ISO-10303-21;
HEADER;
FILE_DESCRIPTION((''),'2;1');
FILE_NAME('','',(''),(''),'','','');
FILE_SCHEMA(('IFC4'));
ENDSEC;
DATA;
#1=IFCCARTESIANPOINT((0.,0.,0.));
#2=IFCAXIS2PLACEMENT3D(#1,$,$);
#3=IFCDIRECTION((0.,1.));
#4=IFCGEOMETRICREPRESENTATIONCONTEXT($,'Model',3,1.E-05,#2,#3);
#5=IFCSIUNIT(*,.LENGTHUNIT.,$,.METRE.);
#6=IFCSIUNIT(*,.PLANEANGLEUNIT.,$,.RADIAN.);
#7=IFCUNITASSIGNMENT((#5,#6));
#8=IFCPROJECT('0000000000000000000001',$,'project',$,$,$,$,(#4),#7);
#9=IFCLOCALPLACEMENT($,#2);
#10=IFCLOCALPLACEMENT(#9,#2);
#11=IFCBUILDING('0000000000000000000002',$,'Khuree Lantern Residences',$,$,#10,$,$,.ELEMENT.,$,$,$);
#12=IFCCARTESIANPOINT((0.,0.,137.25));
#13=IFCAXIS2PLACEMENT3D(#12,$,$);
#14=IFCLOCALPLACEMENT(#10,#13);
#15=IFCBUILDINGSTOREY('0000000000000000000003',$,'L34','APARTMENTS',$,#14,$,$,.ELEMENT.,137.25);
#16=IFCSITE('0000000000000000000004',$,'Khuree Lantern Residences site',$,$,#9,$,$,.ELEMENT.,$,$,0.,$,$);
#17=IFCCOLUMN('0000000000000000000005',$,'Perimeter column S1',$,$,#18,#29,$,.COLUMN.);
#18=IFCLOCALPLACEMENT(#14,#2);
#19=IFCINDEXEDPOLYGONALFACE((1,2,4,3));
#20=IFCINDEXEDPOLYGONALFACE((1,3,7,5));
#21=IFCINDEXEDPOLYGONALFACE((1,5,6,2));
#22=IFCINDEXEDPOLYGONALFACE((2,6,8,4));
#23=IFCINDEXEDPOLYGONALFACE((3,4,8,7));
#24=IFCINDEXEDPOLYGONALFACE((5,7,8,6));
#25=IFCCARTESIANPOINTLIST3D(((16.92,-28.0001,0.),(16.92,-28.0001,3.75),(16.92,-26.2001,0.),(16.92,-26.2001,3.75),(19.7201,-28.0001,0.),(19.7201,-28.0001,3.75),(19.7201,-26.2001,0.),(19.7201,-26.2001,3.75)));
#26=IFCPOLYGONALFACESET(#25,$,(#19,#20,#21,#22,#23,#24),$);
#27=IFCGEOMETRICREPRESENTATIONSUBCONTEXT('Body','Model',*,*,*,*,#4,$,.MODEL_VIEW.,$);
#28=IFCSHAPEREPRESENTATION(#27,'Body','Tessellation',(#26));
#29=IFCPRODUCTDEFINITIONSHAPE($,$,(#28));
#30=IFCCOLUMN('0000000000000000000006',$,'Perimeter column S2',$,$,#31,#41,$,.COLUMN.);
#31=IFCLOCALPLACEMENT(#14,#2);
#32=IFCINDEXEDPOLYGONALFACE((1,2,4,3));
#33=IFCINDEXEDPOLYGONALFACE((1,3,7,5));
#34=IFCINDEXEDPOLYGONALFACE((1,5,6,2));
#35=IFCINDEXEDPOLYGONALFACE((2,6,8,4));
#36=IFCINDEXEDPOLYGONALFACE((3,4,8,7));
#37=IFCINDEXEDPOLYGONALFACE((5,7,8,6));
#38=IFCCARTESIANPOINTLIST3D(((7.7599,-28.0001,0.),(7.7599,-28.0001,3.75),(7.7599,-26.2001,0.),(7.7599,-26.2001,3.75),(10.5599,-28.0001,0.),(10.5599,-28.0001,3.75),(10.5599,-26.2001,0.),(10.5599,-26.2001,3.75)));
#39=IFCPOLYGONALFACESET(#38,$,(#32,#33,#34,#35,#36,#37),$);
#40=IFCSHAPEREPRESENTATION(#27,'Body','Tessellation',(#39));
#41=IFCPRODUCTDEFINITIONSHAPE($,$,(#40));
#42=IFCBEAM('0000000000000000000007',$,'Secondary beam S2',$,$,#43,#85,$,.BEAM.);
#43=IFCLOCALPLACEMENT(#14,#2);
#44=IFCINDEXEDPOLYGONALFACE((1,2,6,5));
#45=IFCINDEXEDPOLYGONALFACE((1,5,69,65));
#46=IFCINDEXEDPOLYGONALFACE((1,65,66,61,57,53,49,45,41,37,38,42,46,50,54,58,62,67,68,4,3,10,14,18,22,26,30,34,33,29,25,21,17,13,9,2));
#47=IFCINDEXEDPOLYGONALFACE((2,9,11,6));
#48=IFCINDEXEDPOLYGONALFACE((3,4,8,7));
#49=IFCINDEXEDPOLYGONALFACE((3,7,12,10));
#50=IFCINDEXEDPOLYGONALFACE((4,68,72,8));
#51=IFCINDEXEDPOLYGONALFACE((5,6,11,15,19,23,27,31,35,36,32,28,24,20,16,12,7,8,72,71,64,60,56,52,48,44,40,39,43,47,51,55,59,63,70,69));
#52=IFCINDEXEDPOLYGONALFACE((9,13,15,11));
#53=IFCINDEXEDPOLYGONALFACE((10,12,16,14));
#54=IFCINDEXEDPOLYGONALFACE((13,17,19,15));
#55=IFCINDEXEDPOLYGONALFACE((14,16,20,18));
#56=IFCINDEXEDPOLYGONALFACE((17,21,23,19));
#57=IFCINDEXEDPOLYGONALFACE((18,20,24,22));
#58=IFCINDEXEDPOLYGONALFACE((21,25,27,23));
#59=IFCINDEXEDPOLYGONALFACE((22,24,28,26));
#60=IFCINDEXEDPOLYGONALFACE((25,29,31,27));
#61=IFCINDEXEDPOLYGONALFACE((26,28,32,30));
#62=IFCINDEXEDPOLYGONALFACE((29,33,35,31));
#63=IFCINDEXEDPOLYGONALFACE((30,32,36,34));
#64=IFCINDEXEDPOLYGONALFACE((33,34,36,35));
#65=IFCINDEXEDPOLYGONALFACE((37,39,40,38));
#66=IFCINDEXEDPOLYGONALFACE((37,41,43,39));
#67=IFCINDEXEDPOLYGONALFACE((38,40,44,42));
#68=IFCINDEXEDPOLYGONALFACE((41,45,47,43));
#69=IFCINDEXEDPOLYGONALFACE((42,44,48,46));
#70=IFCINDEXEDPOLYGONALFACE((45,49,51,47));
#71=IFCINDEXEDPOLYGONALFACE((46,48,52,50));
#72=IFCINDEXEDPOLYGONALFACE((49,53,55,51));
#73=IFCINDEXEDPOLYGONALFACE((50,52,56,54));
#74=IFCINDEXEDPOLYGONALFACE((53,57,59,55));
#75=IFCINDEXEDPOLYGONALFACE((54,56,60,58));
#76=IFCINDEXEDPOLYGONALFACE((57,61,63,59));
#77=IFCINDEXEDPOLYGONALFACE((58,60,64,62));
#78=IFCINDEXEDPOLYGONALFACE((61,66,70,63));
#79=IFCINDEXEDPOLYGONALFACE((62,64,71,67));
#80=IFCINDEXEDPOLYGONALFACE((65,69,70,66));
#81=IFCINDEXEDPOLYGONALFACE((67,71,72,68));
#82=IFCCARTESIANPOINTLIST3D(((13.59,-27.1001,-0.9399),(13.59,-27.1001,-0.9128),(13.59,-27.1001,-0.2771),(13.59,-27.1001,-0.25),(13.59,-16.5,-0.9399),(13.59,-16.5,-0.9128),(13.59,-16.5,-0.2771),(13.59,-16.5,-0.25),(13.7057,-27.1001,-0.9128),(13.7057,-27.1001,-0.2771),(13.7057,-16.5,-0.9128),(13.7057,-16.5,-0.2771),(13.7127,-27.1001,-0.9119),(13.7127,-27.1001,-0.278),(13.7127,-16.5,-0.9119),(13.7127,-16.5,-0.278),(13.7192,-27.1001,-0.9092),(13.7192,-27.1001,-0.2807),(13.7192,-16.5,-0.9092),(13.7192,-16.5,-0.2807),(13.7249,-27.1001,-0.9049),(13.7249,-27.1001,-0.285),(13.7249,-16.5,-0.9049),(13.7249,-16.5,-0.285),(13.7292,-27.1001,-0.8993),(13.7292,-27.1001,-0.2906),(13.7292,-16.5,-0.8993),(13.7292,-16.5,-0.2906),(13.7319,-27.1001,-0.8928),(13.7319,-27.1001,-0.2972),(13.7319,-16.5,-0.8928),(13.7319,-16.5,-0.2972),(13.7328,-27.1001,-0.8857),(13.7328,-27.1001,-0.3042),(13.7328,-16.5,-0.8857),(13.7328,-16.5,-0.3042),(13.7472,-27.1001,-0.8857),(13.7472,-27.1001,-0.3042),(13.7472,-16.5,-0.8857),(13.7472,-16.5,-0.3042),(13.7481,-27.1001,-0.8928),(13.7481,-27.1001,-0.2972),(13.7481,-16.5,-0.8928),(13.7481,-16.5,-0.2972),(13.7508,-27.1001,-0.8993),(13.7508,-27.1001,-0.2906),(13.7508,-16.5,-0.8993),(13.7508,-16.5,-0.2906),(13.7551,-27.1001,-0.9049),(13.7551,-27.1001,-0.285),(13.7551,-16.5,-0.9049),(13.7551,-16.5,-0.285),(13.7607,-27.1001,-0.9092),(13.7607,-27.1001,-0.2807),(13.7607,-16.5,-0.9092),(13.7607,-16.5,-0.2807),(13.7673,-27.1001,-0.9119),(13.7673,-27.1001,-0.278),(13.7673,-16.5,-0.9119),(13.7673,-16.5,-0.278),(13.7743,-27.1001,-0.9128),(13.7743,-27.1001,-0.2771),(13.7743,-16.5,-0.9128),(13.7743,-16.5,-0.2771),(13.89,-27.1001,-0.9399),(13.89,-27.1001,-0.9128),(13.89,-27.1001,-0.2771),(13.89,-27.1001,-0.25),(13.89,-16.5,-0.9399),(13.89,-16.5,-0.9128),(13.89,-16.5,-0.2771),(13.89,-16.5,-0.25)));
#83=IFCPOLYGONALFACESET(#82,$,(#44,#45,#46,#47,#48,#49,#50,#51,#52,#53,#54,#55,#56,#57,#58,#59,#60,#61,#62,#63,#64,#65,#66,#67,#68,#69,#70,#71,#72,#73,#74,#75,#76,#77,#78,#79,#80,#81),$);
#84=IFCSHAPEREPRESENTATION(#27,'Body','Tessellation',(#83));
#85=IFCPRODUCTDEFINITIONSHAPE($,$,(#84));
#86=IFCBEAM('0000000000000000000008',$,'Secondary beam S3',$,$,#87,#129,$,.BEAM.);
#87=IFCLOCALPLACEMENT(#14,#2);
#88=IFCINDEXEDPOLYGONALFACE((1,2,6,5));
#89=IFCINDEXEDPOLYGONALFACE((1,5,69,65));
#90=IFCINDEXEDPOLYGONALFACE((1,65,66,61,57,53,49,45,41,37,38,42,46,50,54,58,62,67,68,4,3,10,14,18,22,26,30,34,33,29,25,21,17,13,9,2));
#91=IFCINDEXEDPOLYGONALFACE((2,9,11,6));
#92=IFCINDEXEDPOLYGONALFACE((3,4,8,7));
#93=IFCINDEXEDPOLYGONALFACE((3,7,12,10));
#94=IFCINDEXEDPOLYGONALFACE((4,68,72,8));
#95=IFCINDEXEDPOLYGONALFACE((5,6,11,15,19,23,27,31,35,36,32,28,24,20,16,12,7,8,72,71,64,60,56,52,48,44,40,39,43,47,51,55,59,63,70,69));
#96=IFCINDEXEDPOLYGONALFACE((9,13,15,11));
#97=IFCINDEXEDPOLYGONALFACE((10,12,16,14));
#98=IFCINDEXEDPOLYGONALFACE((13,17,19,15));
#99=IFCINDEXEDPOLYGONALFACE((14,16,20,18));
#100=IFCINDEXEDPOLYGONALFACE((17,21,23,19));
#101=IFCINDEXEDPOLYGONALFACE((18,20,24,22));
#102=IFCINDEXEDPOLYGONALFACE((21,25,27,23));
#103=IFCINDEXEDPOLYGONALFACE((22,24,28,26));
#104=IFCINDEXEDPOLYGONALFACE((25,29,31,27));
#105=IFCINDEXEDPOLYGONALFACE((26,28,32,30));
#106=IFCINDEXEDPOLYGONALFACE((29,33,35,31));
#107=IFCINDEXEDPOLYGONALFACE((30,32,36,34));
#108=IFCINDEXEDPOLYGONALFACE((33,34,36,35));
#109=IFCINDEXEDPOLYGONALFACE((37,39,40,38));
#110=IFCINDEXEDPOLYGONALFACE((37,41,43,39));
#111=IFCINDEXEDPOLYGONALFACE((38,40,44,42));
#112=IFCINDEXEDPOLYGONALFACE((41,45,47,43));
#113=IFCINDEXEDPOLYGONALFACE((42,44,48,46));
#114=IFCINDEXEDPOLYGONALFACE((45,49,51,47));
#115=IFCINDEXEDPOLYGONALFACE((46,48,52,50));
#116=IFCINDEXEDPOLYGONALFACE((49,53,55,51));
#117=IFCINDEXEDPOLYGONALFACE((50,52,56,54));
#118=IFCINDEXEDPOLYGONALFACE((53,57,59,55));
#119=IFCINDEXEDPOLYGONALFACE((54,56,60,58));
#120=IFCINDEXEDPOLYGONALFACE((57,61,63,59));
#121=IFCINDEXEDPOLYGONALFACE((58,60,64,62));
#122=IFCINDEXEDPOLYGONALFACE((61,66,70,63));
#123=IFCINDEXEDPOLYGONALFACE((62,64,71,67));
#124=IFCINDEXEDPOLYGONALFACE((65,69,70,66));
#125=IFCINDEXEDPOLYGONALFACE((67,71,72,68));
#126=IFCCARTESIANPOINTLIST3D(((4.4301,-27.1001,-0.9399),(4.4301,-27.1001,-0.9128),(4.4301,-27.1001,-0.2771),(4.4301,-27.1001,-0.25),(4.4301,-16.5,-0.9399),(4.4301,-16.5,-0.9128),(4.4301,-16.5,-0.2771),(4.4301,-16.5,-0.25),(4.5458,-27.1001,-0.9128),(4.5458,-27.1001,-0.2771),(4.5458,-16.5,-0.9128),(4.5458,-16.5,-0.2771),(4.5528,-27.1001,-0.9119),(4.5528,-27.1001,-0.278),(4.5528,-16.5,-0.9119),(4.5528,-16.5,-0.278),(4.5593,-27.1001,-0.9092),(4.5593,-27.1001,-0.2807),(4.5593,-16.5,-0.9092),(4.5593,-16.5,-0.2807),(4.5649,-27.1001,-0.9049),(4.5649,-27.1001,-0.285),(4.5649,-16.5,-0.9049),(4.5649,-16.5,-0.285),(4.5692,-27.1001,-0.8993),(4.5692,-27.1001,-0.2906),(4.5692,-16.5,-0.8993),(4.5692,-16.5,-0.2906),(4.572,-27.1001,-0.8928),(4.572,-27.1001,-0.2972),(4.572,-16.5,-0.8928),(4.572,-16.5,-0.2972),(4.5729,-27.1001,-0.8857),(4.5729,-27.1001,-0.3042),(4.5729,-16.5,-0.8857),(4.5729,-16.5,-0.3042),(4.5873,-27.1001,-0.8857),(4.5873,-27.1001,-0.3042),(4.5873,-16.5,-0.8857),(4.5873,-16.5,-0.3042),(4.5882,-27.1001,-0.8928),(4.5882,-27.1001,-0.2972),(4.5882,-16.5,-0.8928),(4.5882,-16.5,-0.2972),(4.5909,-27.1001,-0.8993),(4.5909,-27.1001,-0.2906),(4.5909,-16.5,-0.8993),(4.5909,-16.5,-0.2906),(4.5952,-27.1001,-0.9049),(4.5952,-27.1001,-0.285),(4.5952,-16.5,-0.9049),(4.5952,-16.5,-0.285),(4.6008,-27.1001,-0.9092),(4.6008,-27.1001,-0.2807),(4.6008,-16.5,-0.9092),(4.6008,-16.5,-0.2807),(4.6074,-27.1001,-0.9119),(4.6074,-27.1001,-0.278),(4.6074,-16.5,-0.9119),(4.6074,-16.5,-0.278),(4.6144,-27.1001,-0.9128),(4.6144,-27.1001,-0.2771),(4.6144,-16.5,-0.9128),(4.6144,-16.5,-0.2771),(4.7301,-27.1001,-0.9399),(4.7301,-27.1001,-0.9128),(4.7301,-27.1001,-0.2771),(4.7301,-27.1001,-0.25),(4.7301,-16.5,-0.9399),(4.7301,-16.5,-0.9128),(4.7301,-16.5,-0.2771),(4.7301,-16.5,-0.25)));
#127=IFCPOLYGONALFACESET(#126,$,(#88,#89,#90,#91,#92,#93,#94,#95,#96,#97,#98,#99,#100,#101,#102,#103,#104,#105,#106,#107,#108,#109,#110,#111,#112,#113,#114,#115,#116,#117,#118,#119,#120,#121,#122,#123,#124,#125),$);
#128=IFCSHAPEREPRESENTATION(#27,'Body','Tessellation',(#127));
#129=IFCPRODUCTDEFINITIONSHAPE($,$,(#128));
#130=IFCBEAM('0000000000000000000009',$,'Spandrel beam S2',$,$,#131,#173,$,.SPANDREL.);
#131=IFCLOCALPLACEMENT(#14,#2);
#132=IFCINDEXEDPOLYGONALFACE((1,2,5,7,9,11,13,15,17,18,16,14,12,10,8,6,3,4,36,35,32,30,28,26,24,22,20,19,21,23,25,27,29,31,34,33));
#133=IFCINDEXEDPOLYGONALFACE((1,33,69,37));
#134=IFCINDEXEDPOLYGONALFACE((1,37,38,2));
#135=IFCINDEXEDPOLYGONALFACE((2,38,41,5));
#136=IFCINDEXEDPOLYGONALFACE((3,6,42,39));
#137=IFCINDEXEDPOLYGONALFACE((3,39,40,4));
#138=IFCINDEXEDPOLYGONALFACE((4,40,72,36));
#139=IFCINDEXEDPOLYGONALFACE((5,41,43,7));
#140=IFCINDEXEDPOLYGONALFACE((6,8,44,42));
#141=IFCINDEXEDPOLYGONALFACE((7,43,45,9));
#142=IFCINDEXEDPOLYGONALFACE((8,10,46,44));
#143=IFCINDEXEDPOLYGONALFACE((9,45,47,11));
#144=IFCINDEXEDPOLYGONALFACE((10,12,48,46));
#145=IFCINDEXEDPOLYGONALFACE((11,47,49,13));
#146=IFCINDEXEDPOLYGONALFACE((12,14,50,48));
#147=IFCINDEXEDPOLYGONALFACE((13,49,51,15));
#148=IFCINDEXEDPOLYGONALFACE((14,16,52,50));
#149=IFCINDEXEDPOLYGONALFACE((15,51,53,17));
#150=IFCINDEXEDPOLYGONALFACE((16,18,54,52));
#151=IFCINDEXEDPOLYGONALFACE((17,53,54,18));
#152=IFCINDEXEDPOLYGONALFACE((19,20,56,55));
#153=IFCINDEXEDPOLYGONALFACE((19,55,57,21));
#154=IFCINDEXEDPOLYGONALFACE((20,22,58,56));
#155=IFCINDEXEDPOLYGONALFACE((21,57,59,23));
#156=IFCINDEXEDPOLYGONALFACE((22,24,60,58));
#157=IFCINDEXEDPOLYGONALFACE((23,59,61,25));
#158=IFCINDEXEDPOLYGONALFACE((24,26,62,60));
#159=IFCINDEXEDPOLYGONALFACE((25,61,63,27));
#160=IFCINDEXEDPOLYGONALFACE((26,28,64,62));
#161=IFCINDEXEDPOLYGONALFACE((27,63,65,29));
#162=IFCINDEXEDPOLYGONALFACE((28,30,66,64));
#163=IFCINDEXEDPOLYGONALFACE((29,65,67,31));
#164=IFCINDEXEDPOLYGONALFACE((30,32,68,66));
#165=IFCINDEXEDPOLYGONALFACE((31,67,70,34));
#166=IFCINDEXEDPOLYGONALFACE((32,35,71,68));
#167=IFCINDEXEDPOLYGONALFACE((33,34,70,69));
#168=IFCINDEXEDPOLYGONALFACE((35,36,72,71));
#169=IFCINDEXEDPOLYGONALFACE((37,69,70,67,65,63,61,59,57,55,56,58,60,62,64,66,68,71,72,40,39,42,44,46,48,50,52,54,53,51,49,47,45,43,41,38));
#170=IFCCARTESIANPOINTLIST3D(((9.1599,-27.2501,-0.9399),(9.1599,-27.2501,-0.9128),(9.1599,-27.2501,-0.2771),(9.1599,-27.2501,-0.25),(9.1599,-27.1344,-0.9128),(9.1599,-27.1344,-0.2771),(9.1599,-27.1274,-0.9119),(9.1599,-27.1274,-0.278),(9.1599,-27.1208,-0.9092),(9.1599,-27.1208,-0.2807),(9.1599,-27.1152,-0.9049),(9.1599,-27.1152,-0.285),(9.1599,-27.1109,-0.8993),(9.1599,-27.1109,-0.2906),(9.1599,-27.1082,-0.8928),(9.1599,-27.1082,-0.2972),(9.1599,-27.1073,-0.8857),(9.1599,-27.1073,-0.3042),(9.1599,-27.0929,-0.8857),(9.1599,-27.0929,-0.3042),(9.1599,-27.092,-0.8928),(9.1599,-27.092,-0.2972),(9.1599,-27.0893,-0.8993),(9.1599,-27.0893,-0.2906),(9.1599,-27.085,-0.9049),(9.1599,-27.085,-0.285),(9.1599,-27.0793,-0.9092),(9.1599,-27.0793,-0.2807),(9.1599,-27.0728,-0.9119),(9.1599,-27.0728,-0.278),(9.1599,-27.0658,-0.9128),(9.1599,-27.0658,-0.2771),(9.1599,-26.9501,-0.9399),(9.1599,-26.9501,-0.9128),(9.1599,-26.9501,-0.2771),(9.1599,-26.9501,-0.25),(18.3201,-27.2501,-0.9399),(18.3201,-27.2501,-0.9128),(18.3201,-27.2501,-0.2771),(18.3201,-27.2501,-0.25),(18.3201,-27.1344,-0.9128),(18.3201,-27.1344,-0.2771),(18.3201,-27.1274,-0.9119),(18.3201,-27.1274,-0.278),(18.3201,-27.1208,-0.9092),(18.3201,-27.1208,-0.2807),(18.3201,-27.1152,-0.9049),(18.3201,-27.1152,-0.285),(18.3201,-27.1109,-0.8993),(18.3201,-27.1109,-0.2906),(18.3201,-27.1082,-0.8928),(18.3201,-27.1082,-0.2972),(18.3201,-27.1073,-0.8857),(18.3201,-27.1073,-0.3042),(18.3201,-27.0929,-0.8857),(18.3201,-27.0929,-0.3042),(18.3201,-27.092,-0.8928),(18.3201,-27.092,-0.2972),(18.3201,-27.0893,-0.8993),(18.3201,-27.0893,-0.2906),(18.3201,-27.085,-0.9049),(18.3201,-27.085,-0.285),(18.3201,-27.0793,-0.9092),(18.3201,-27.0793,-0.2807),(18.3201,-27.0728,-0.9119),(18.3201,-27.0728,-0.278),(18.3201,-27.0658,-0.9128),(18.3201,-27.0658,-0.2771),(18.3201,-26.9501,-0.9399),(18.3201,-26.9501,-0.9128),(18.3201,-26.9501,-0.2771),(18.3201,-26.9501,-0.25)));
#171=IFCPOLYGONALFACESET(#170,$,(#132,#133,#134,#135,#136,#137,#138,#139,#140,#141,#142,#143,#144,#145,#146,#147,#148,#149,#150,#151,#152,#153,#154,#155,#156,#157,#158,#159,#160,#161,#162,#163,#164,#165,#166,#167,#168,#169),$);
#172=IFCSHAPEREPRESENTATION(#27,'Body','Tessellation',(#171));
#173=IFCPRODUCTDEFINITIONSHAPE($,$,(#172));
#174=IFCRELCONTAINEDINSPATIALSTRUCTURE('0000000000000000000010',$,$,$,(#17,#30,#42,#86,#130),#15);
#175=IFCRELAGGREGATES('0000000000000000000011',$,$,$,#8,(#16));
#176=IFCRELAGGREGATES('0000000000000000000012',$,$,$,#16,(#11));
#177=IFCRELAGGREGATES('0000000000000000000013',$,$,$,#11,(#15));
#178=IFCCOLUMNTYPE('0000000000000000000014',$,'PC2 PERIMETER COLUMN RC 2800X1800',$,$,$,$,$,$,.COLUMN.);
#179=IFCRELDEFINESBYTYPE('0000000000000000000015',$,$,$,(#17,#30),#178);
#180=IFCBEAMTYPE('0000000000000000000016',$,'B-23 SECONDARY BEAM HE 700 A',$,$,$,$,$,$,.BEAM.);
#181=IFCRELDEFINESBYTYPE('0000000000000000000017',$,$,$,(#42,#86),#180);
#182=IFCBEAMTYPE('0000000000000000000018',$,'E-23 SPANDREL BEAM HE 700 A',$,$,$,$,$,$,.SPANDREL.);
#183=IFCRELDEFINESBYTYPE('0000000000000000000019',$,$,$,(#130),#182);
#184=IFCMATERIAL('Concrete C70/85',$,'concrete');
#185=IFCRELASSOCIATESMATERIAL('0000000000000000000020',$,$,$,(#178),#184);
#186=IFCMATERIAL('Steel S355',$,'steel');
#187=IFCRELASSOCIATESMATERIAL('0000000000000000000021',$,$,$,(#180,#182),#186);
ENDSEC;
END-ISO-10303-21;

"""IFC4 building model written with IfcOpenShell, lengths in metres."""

from ifc_helpers import new_model, si_unit, direction, frame, origin, origin_2d, place, context, subcontext, project, spatial, rectangle, i_section, extrude, material, material_profile, profile_set, type_object, element, save


model = new_model("IFC4")

# Units and contexts
model_context = context("Model", 3, precision=1e-05, world=origin(), true_north=direction((0.0, 1.0)))
body_context = subcontext(model_context, "Body", "Model", "MODEL_VIEW")
ifc_project = project(units=[si_unit("LENGTHUNIT", "METRE"), si_unit("PLANEANGLEUNIT", "RADIAN")], contexts=[model_context])

# Site, building, storey
site_placement = place(None, origin())
site = spatial("IfcSite", under=ifc_project, at=site_placement, Name="Khuree Lantern Residences site", CompositionType="ELEMENT", RefElevation=0.0)
building_placement = place(site_placement, origin())
building = spatial("IfcBuilding", under=site, at=building_placement, Name="Khuree Lantern Residences", CompositionType="ELEMENT")
storey_placement = place(building_placement, frame((0.0, 0.0, 137.25)))
storey = spatial("IfcBuildingStorey", under=building, at=storey_placement, Name="L34", Description="APARTMENTS", CompositionType="ELEMENT", Elevation=137.25)

# Columns
ifc_material_1 = material(Name="Concrete C70/85", Category="concrete")
ifc_material_profile_1 = material_profile(ifc_material_1, rectangle(XDim=2.8, YDim=1.8, at=origin_2d()), Name="RC 2800X1800")
ifc_profile_set_1 = profile_set([ifc_material_profile_1], Name="Concrete C70/85")
column_type = type_object("IfcColumnType", Name="PC2 PERIMETER COLUMN RC 2800X1800", PredefinedType="COLUMN", material=ifc_profile_set_1)
for number, where, z_axis, x_axis, name in (
    (1, (18.3201, -27.1001, 0.0), (0.0, 0.0, 1.0), (1.0, 0.0, 0.0), "Perimeter column S1"),
    (2, (9.1599, -27.1001, 0.0), (0.0, 0.0, 1.0), (1.0, 0.0, 0.0), "Perimeter column S2"),
):
    element("IfcColumn", number, at=place(storey_placement, frame(where, z_axis=z_axis, x_axis=x_axis)), inside=storey, type_object=column_type, Name=name, PredefinedType="COLUMN", context=body_context, shape_type="SweptSolid", body=[
        extrude(rectangle(XDim=2.8, YDim=1.8, at=origin_2d()), origin(), (0.0, 0.0, 1.0), 3.75),
    ])

# Beams
ifc_material_2 = material(Name="Steel S355", Category="steel")
ifc_material_profile_2 = material_profile(ifc_material_2, i_section(OverallWidth=0.3, OverallDepth=0.6899, WebThickness=0.0144, FlangeThickness=0.0271, FilletRadius=0.0271, at=origin_2d()), Name="HE 700 A")
ifc_profile_set_2 = profile_set([ifc_material_profile_2], Name="Steel S355")
beam_type_1 = type_object("IfcBeamType", Name="B-23 SECONDARY BEAM HE 700 A", PredefinedType="BEAM", material=ifc_profile_set_2)
for number, where, z_axis, x_axis, name in (
    (3, (13.74, -27.1001, -0.595), (0.0, 1.0, 0.0), (-1.0, 0.0, 0.0), "Secondary beam S2"),
    (4, (4.5801, -27.1001, -0.595), (0.0, 1.0, 0.0), (-1.0, 0.0, 0.0), "Secondary beam S3"),
):
    element("IfcBeam", number, at=place(storey_placement, frame(where, z_axis=z_axis, x_axis=x_axis)), inside=storey, type_object=beam_type_1, Name=name, PredefinedType="BEAM", context=body_context, shape_type="SweptSolid", body=[
        extrude(i_section(OverallWidth=0.3, OverallDepth=0.6899, WebThickness=0.0144, FlangeThickness=0.0271, FilletRadius=0.0271, at=origin_2d()), origin(), (0.0, 0.0, 1.0), 10.6001),
    ])
ifc_material_profile_3 = material_profile(ifc_material_2, i_section(OverallWidth=0.3, OverallDepth=0.6899, WebThickness=0.0144, FlangeThickness=0.0271, FilletRadius=0.0271, at=origin_2d()), Name="HE 700 A")
ifc_profile_set_3 = profile_set([ifc_material_profile_3], Name="Steel S355")
beam_type_2 = type_object("IfcBeamType", Name="E-23 SPANDREL BEAM HE 700 A", PredefinedType="SPANDREL", material=ifc_profile_set_3)
beam_1_placement = place(storey_placement, frame((18.3201, -27.1001, -0.595), z_axis=(-1.0, 0.0, 0.0), x_axis=(0.0, -1.0, 0.0)))
element("IfcBeam", 5, at=beam_1_placement, inside=storey, type_object=beam_type_2, Name="Spandrel beam S2", PredefinedType="SPANDREL", context=body_context, shape_type="SweptSolid", body=[
    extrude(i_section(OverallWidth=0.3, OverallDepth=0.6899, WebThickness=0.0144, FlangeThickness=0.0271, FilletRadius=0.0271, at=origin_2d()), origin(), (0.0, 0.0, 1.0), 9.1602),
])

save(model, "model.ifc")
